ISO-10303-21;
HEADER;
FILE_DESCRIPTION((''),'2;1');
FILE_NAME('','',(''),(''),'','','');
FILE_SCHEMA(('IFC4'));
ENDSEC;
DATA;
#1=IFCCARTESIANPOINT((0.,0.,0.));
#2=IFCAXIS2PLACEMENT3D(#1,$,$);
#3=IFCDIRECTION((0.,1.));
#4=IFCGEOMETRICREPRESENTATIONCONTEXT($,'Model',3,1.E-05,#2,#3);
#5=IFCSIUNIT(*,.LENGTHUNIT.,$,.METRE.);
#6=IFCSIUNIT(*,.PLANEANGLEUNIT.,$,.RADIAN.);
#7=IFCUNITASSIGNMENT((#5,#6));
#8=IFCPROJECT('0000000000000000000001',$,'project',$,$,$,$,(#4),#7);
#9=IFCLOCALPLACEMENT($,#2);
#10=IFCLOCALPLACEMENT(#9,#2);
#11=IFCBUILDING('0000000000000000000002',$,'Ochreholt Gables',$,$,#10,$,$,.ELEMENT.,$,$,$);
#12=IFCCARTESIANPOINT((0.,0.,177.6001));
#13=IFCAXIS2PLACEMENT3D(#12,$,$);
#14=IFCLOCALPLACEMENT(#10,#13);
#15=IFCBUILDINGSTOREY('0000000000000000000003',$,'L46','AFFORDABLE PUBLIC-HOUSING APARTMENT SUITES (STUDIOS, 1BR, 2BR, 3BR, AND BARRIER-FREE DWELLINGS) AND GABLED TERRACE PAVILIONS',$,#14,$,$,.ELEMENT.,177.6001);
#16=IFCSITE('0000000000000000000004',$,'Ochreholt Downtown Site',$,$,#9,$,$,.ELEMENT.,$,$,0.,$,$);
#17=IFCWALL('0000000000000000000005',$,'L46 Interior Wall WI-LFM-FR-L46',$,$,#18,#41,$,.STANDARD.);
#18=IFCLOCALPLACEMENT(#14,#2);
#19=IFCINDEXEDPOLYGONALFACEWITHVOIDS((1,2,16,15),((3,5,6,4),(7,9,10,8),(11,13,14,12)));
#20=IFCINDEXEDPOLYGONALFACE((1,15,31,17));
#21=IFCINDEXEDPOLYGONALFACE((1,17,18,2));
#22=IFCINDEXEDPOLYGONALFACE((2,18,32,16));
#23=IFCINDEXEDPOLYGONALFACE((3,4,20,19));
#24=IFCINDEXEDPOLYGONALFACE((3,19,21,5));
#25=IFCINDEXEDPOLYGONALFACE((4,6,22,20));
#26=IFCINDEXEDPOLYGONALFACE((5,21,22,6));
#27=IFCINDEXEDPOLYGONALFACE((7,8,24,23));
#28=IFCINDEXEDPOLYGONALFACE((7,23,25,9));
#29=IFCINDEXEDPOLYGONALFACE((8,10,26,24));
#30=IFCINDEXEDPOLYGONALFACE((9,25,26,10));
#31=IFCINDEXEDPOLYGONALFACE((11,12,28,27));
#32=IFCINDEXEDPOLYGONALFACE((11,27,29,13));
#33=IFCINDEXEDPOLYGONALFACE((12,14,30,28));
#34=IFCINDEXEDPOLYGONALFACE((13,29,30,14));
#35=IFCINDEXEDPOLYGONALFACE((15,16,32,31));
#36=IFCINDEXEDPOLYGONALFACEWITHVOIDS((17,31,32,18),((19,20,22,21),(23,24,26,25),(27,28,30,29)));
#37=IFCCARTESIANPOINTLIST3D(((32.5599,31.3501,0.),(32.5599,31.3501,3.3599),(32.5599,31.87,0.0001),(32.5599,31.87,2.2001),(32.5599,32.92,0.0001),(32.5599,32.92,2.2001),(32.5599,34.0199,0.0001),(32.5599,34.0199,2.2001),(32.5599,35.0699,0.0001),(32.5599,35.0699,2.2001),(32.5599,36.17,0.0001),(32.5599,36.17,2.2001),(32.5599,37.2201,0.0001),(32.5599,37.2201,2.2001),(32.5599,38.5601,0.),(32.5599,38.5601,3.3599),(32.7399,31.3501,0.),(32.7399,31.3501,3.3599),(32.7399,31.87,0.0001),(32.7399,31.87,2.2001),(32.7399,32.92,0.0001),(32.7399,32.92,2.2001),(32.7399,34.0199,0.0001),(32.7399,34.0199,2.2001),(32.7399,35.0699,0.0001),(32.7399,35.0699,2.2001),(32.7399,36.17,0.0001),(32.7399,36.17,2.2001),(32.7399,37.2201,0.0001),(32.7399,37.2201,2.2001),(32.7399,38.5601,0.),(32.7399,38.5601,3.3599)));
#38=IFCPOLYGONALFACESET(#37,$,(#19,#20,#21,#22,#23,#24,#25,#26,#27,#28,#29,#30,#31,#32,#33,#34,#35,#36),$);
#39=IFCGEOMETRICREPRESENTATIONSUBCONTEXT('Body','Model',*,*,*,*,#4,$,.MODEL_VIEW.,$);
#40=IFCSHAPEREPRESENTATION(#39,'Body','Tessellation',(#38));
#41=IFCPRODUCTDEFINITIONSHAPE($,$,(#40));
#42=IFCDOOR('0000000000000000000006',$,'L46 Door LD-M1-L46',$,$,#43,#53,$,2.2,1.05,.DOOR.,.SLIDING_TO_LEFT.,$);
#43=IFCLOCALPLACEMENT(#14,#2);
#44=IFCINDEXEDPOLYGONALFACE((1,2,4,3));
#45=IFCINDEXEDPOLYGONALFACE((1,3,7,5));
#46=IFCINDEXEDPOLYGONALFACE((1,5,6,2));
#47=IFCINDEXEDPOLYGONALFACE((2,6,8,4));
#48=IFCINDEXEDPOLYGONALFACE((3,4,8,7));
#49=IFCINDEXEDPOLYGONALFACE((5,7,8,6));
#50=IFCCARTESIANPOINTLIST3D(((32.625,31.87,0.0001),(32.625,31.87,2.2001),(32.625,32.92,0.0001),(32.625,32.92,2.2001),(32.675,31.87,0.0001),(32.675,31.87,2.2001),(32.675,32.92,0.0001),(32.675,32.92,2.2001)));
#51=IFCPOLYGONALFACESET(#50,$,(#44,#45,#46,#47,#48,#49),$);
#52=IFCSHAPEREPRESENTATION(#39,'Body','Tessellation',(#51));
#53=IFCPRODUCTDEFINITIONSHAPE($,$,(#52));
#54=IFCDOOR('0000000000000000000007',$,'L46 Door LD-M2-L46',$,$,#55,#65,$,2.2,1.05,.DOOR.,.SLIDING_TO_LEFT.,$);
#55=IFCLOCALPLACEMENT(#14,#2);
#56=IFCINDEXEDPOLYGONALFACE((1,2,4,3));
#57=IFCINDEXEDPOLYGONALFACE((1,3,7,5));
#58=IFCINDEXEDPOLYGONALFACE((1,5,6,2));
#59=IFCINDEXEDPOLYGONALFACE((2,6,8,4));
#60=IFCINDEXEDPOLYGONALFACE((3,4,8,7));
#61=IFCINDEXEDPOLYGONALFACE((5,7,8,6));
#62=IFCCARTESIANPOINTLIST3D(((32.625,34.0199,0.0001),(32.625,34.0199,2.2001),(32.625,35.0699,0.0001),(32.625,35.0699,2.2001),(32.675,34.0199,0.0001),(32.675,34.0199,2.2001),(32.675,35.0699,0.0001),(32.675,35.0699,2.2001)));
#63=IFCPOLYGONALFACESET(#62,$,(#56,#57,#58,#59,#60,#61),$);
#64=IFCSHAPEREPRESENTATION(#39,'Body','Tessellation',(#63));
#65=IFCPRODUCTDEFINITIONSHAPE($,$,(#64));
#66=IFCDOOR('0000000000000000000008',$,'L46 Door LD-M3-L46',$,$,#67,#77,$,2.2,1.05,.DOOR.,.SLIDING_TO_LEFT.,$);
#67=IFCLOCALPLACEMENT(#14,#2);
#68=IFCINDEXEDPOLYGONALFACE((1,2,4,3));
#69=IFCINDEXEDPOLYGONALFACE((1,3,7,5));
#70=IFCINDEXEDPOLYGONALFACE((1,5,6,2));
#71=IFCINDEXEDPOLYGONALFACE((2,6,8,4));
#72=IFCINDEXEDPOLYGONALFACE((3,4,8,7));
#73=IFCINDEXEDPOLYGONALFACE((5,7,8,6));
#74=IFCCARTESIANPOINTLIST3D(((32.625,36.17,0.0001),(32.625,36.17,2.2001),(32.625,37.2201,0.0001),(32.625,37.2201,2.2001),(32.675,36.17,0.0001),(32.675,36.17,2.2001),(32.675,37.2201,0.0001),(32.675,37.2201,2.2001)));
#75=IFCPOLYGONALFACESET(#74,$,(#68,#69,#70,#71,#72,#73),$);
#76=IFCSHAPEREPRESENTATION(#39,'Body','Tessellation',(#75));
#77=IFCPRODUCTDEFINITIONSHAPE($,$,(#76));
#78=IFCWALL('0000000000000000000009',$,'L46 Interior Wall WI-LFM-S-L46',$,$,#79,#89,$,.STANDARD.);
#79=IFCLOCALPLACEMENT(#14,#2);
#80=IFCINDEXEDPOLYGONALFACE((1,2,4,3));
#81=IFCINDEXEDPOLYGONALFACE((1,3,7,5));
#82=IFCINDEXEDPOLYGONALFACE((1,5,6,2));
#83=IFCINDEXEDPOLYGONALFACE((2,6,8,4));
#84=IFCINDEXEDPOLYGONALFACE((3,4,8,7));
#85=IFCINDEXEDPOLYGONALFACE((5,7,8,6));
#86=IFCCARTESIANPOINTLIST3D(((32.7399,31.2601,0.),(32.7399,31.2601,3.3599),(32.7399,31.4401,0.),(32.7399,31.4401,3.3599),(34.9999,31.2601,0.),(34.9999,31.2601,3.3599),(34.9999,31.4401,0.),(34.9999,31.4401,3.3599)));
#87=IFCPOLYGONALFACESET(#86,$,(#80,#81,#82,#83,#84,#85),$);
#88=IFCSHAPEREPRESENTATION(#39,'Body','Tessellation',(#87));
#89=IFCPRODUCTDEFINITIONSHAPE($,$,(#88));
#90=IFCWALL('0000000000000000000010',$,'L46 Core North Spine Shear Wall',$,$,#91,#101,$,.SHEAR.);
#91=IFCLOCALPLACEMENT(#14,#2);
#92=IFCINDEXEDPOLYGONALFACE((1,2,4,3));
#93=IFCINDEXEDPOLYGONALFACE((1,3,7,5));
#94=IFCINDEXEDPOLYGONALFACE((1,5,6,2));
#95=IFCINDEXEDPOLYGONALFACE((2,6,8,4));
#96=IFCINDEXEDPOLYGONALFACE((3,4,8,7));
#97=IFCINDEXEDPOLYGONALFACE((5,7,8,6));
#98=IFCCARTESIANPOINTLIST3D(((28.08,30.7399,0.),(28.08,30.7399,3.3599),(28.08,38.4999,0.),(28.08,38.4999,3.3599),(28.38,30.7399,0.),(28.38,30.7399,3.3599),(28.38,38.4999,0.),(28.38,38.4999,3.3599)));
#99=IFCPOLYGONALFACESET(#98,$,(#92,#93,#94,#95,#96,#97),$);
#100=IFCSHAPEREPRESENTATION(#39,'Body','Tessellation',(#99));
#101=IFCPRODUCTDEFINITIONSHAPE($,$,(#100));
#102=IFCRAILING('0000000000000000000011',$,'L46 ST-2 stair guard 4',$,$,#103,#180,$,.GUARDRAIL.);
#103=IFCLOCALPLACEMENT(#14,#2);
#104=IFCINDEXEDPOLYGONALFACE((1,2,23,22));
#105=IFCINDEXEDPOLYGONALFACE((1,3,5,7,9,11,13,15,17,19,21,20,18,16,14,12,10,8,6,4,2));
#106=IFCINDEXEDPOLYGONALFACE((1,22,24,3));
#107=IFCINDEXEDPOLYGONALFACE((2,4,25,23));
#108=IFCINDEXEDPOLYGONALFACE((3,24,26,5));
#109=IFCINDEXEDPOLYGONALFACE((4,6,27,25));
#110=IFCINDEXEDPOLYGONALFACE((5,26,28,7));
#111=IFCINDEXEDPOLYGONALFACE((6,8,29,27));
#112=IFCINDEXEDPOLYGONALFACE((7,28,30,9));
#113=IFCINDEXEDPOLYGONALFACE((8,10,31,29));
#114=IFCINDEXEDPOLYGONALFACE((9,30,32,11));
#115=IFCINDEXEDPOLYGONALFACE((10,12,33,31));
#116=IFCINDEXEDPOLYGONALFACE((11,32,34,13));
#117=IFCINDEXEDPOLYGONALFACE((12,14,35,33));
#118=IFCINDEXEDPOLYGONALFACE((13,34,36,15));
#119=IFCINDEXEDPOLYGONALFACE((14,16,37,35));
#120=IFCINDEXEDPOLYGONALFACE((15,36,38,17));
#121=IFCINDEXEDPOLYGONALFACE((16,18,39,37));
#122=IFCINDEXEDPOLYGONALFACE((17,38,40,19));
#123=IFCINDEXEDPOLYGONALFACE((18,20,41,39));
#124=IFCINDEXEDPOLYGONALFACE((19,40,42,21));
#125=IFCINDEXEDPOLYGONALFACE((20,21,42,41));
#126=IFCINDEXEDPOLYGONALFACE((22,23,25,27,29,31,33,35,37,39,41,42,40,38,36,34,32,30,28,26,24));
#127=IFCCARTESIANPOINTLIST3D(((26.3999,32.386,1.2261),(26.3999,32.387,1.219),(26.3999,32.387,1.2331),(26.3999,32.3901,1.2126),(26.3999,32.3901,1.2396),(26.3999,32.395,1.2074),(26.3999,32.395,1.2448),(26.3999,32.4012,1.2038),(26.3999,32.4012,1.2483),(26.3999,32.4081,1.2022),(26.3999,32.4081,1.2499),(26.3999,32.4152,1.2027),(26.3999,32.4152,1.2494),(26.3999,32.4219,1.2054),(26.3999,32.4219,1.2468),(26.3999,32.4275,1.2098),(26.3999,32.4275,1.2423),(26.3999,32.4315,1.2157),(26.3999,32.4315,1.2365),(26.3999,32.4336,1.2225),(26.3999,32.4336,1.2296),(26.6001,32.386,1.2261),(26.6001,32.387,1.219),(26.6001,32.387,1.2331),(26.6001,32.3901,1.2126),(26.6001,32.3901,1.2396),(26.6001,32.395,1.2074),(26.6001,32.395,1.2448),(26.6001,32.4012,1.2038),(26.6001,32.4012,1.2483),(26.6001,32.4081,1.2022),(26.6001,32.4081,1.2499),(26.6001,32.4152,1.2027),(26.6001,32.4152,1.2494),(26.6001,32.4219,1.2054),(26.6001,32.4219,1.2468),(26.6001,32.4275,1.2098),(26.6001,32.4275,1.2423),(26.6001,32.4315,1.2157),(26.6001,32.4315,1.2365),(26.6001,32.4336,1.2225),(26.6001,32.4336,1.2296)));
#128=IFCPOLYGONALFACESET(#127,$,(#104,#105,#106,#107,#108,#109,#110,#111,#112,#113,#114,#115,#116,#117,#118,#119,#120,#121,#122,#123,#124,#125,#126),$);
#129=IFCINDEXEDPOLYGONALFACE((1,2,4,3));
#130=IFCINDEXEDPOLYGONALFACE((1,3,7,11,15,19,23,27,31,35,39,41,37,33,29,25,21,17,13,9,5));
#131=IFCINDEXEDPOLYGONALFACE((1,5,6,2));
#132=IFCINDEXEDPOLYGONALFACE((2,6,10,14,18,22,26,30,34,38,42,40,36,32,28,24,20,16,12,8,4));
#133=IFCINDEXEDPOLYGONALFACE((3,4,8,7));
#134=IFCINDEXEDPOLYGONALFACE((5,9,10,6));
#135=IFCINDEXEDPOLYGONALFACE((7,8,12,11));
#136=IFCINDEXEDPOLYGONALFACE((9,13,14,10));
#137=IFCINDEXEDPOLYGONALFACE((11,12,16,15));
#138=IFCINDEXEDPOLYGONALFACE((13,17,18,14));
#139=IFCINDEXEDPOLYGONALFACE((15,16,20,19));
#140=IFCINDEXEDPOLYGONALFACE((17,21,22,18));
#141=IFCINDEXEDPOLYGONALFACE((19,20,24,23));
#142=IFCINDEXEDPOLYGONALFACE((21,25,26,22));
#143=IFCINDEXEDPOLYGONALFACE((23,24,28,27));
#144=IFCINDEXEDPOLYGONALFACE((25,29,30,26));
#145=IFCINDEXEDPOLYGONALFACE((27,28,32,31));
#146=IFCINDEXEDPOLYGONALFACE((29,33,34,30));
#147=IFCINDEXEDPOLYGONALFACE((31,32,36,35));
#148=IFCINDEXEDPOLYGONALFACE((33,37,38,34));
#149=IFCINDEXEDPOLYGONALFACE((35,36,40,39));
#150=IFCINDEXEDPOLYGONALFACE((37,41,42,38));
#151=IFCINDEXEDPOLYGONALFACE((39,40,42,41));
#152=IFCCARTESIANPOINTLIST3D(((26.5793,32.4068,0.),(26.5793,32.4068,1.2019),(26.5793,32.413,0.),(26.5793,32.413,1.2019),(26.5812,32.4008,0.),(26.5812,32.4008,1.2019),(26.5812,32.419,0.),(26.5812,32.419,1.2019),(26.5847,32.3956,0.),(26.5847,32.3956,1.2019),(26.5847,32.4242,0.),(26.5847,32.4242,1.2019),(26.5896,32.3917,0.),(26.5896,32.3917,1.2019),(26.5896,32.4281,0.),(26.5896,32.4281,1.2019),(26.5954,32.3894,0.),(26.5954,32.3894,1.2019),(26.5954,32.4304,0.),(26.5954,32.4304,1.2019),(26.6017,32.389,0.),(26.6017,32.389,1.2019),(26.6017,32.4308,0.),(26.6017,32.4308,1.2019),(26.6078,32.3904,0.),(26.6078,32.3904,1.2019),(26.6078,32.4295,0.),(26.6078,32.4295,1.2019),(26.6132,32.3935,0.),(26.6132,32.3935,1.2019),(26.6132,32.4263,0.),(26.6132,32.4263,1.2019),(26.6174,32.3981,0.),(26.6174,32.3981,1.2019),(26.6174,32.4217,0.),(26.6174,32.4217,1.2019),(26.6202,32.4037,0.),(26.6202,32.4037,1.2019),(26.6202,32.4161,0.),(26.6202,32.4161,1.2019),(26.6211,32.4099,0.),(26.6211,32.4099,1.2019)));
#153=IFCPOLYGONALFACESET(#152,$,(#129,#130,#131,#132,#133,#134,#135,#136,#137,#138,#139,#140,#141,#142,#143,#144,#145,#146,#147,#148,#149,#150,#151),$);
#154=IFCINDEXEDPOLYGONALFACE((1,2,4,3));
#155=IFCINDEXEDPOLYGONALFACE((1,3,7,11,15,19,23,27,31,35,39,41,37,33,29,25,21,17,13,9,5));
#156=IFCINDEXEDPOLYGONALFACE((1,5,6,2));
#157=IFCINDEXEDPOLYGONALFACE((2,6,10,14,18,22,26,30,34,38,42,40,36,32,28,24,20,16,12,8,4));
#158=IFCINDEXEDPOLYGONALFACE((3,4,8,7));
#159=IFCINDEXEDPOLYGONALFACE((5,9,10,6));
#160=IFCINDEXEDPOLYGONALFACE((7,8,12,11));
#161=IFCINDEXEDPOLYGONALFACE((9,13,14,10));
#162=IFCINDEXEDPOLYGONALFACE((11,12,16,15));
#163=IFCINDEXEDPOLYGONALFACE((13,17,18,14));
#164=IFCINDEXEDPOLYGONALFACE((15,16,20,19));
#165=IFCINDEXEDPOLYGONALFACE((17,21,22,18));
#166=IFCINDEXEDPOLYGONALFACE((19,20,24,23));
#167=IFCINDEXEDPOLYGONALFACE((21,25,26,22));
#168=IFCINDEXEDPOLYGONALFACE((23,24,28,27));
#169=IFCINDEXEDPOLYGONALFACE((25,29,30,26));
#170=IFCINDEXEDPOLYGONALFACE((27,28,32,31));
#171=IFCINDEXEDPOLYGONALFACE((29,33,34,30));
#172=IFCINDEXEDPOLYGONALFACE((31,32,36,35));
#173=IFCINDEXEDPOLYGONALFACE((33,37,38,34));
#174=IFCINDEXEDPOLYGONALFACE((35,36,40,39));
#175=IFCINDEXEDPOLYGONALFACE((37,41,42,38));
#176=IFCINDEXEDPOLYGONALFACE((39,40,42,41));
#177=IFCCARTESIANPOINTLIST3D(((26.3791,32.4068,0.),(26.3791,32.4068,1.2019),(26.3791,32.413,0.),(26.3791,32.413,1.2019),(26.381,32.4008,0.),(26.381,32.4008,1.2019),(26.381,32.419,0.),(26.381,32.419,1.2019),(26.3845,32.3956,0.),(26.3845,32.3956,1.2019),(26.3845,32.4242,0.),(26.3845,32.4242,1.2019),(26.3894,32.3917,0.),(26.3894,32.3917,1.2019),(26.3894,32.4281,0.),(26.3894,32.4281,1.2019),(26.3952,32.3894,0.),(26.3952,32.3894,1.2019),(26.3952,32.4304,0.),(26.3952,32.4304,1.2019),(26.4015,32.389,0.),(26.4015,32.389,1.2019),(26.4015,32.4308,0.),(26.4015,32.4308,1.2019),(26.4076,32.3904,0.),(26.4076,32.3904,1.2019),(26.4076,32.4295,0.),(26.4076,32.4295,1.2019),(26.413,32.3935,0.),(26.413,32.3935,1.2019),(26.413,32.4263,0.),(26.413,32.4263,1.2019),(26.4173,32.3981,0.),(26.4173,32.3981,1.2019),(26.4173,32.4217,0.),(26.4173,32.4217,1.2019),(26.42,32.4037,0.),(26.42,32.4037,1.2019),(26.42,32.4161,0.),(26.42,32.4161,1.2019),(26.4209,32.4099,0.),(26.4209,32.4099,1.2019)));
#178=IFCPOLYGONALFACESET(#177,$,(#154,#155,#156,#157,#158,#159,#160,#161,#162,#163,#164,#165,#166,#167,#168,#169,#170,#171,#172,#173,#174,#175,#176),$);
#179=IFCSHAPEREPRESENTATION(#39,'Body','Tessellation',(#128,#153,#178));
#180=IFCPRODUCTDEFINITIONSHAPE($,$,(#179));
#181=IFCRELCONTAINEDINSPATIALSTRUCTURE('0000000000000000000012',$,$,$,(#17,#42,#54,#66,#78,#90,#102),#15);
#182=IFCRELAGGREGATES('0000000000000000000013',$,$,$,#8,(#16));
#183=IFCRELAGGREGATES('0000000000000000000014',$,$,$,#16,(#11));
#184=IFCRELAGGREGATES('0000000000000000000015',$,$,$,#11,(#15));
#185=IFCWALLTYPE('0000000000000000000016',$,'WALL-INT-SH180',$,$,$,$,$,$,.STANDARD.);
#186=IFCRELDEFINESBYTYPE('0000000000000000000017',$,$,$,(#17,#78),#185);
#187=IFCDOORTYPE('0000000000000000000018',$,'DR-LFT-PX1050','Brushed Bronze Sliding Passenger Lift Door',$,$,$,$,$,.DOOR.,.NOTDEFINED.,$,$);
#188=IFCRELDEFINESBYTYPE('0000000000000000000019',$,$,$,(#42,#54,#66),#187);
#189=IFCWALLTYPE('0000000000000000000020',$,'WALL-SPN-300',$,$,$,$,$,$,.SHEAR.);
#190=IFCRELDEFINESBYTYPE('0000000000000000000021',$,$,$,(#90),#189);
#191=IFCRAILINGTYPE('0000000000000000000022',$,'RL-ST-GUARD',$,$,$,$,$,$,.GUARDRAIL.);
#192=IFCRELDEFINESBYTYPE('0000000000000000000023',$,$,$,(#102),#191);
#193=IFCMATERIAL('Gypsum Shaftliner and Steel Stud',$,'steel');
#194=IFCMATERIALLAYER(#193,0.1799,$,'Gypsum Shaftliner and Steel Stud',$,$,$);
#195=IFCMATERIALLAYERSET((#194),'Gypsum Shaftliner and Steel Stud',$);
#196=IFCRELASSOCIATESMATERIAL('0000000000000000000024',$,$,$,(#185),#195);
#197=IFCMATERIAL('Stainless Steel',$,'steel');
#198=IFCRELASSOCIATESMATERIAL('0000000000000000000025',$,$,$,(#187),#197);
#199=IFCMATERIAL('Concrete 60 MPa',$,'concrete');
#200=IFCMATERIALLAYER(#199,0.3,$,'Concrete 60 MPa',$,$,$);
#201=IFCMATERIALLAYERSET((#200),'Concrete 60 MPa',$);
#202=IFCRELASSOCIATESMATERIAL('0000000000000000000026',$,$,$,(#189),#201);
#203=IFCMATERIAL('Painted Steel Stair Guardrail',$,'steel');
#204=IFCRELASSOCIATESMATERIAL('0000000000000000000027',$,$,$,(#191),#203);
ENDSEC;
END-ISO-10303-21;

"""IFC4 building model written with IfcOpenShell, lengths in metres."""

from ifc_helpers import new_model, si_unit, direction, frame, frame_2d, origin, origin_2d, place, context, subcontext, project, spatial, rectangle, circle, extrude, material, layer, layer_set, type_object, element, fill, save


model = new_model("IFC4")

# Units and contexts
model_context = context("Model", 3, precision=1e-05, world=origin(), true_north=direction((0.0, 1.0)))
body_context = subcontext(model_context, "Body", "Model", "MODEL_VIEW")
ifc_project = project(units=[si_unit("LENGTHUNIT", "METRE"), si_unit("PLANEANGLEUNIT", "RADIAN")], contexts=[model_context])

# Site, building, storey
site_placement = place(None, origin())
site = spatial("IfcSite", under=ifc_project, at=site_placement, Name="Ochreholt Downtown Site", CompositionType="ELEMENT", RefElevation=0.0)
building_placement = place(site_placement, origin())
building = spatial("IfcBuilding", under=site, at=building_placement, Name="Ochreholt Gables", CompositionType="ELEMENT")
storey_placement = place(building_placement, frame((0.0, 0.0, 177.6001)))
storey = spatial("IfcBuildingStorey", under=building, at=storey_placement, Name="L46", Description="AFFORDABLE PUBLIC-HOUSING APARTMENT SUITES (STUDIOS, 1BR, 2BR, 3BR, AND BARRIER-FREE DWELLINGS) AND GABLED TERRACE PAVILIONS", CompositionType="ELEMENT", Elevation=177.6001)

# Shared definitions
ifc_material_1 = material(Name="Gypsum Shaftliner and Steel Stud", Category="steel")
ifc_layer_1 = layer(ifc_material_1, 0.1799, Name="Gypsum Shaftliner and Steel Stud")
ifc_layer_set_1 = layer_set([ifc_layer_1], Name="Gypsum Shaftliner and Steel Stud")
wall_type_1 = type_object("IfcWallType", Name="WALL-INT-SH180", PredefinedType="STANDARD", material=ifc_layer_set_1)

# Wall, openings, doors
wall_1_placement = place(storey_placement, frame((32.6499, 31.3501, 0.0), z_axis=(0.0, 0.0, 1.0), x_axis=(0.0, 1.0, 0.0)))
wall_1 = element("IfcWall", 1, at=wall_1_placement, inside=storey, type_object=wall_type_1, Name="L46 Interior Wall WI-LFM-FR-L46", PredefinedType="STANDARD", context=body_context, shape_type="SweptSolid", body=[
    extrude(rectangle(XDim=7.21, YDim=0.1799, at=frame_2d((3.605, 0.0))), origin(), (0.0, 0.0, 1.0), 3.3599),
])
opening_1_placement = place(wall_1_placement, frame((0.52, 0.0, 0.0)))
opening_1 = element("IfcOpeningElement", 2, at=opening_1_placement, cuts=wall_1, PredefinedType="OPENING", context=body_context, shape_type="SweptSolid", body=[
    extrude(rectangle(XDim=1.05, YDim=2.2, at=frame_2d((0.5249, 1.1001))), frame((0.0, 0.0999, 0.0), z_axis=(0.0, -1.0, 0.0), x_axis=(1.0, 0.0, 0.0)), (0.0, 0.0, 1.0), 0.2),
])
opening_2_placement = place(wall_1_placement, frame((2.6699, 0.0, 0.0)))
opening_2 = element("IfcOpeningElement", 3, at=opening_2_placement, cuts=wall_1, PredefinedType="OPENING", context=body_context, shape_type="SweptSolid", body=[
    extrude(rectangle(XDim=1.05, YDim=2.2, at=frame_2d((0.5249, 1.1001))), frame((0.0, 0.0999, 0.0), z_axis=(0.0, -1.0, 0.0), x_axis=(1.0, 0.0, 0.0)), (0.0, 0.0, 1.0), 0.2),
])
opening_3_placement = place(wall_1_placement, frame((4.8201, 0.0, 0.0)))
opening_3 = element("IfcOpeningElement", 4, at=opening_3_placement, cuts=wall_1, PredefinedType="OPENING", context=body_context, shape_type="SweptSolid", body=[
    extrude(rectangle(XDim=1.05, YDim=2.2, at=frame_2d((0.5249, 1.1001))), frame((0.0, 0.0999, 0.0), z_axis=(0.0, -1.0, 0.0), x_axis=(1.0, 0.0, 0.0)), (0.0, 0.0, 1.0), 0.2),
])
ifc_material_2 = material(Name="Stainless Steel", Category="steel")
door_type_1 = type_object("IfcDoorType", Name="DR-LFT-PX1050", Description="Brushed Bronze Sliding Passenger Lift Door", OperationType="NOTDEFINED", PredefinedType="DOOR", material=ifc_material_2)
door_1_placement = place(opening_1_placement, origin())
door_1 = element("IfcDoor", 5, at=door_1_placement, inside=storey, type_object=door_type_1, Name="L46 Door LD-M1-L46", OperationType="SLIDING_TO_LEFT", OverallHeight=2.2, OverallWidth=1.05, PredefinedType="DOOR", context=body_context, shape_type="SweptSolid", body=[
    extrude(rectangle(XDim=1.05, YDim=2.2, at=frame_2d((0.5249, 1.1001))), frame((0.0, 0.0249, 0.0), z_axis=(0.0, -1.0, 0.0), x_axis=(1.0, 0.0, 0.0)), (0.0, 0.0, 1.0), 0.05),
])
fill(opening_1, door_1)
door_2_placement = place(opening_2_placement, origin())
door_2 = element("IfcDoor", 6, at=door_2_placement, inside=storey, type_object=door_type_1, Name="L46 Door LD-M2-L46", OperationType="SLIDING_TO_LEFT", OverallHeight=2.2, OverallWidth=1.05, PredefinedType="DOOR", context=body_context, shape_type="SweptSolid", body=[
    extrude(rectangle(XDim=1.05, YDim=2.2, at=frame_2d((0.5249, 1.1001))), frame((0.0, 0.0249, 0.0), z_axis=(0.0, -1.0, 0.0), x_axis=(1.0, 0.0, 0.0)), (0.0, 0.0, 1.0), 0.05),
])
fill(opening_2, door_2)
door_3_placement = place(opening_3_placement, origin())
door_3 = element("IfcDoor", 7, at=door_3_placement, inside=storey, type_object=door_type_1, Name="L46 Door LD-M3-L46", OperationType="SLIDING_TO_LEFT", OverallHeight=2.2, OverallWidth=1.05, PredefinedType="DOOR", context=body_context, shape_type="SweptSolid", body=[
    extrude(rectangle(XDim=1.05, YDim=2.2, at=frame_2d((0.5249, 1.1001))), frame((0.0, 0.0249, 0.0), z_axis=(0.0, -1.0, 0.0), x_axis=(1.0, 0.0, 0.0)), (0.0, 0.0, 1.0), 0.05),
])
fill(opening_3, door_3)

# Walls
wall_2_placement = place(storey_placement, frame((32.74, 31.3501, 0.0), z_axis=(0.0, 0.0, 1.0), x_axis=(1.0, 0.0, 0.0)))
element("IfcWall", 8, at=wall_2_placement, inside=storey, type_object=wall_type_1, Name="L46 Interior Wall WI-LFM-S-L46", PredefinedType="STANDARD", context=body_context, shape_type="SweptSolid", body=[
    extrude(rectangle(XDim=2.26, YDim=0.1799, at=frame_2d((1.1299, 0.0))), origin(), (0.0, 0.0, 1.0), 3.3599),
])
ifc_material_3 = material(Name="Concrete 60 MPa", Category="concrete")
ifc_layer_2 = layer(ifc_material_3, 0.3, Name="Concrete 60 MPa")
ifc_layer_set_2 = layer_set([ifc_layer_2], Name="Concrete 60 MPa")
wall_type_2 = type_object("IfcWallType", Name="WALL-SPN-300", PredefinedType="SHEAR", material=ifc_layer_set_2)
wall_3_placement = place(storey_placement, frame((28.23, 30.74, 0.0), z_axis=(0.0, 0.0, 1.0), x_axis=(0.0, 1.0, 0.0)))
element("IfcWall", 9, at=wall_3_placement, inside=storey, type_object=wall_type_2, Name="L46 Core North Spine Shear Wall", PredefinedType="SHEAR", context=body_context, shape_type="SweptSolid", body=[
    extrude(rectangle(XDim=7.76, YDim=0.3, at=frame_2d((3.8799, 0.0))), origin(), (0.0, 0.0, 1.0), 3.3599),
])

# Railing
ifc_material_4 = material(Name="Painted Steel Stair Guardrail", Category="steel")
railing_type = type_object("IfcRailingType", Name="RL-ST-GUARD", PredefinedType="GUARDRAIL", material=ifc_material_4)
railing_placement = place(storey_placement, frame((26.6001, 32.4099, 0.0)))
element("IfcRailing", 10, at=railing_placement, inside=storey, type_object=railing_type, Name="L46 ST-2 stair guard 4", PredefinedType="GUARDRAIL", context=body_context, shape_type="SweptSolid", body=[
    extrude(circle(Radius=0.0239, at=origin_2d()), frame((0.0, 0.0, 1.2261), z_axis=(-1.0, 0.0, 0.0), x_axis=(0.0, -1.0, 0.0)), (0.0, 0.0, 1.0), 0.2002),
    extrude(circle(Radius=0.021, at=origin_2d()), origin(), (0.0, 0.0, 1.0), 1.2019),
    extrude(circle(Radius=0.021, at=origin_2d()), frame((-0.2002, 0.0, 0.0)), (0.0, 0.0, 1.0), 1.2019),
])

save(model, "model.ifc")
